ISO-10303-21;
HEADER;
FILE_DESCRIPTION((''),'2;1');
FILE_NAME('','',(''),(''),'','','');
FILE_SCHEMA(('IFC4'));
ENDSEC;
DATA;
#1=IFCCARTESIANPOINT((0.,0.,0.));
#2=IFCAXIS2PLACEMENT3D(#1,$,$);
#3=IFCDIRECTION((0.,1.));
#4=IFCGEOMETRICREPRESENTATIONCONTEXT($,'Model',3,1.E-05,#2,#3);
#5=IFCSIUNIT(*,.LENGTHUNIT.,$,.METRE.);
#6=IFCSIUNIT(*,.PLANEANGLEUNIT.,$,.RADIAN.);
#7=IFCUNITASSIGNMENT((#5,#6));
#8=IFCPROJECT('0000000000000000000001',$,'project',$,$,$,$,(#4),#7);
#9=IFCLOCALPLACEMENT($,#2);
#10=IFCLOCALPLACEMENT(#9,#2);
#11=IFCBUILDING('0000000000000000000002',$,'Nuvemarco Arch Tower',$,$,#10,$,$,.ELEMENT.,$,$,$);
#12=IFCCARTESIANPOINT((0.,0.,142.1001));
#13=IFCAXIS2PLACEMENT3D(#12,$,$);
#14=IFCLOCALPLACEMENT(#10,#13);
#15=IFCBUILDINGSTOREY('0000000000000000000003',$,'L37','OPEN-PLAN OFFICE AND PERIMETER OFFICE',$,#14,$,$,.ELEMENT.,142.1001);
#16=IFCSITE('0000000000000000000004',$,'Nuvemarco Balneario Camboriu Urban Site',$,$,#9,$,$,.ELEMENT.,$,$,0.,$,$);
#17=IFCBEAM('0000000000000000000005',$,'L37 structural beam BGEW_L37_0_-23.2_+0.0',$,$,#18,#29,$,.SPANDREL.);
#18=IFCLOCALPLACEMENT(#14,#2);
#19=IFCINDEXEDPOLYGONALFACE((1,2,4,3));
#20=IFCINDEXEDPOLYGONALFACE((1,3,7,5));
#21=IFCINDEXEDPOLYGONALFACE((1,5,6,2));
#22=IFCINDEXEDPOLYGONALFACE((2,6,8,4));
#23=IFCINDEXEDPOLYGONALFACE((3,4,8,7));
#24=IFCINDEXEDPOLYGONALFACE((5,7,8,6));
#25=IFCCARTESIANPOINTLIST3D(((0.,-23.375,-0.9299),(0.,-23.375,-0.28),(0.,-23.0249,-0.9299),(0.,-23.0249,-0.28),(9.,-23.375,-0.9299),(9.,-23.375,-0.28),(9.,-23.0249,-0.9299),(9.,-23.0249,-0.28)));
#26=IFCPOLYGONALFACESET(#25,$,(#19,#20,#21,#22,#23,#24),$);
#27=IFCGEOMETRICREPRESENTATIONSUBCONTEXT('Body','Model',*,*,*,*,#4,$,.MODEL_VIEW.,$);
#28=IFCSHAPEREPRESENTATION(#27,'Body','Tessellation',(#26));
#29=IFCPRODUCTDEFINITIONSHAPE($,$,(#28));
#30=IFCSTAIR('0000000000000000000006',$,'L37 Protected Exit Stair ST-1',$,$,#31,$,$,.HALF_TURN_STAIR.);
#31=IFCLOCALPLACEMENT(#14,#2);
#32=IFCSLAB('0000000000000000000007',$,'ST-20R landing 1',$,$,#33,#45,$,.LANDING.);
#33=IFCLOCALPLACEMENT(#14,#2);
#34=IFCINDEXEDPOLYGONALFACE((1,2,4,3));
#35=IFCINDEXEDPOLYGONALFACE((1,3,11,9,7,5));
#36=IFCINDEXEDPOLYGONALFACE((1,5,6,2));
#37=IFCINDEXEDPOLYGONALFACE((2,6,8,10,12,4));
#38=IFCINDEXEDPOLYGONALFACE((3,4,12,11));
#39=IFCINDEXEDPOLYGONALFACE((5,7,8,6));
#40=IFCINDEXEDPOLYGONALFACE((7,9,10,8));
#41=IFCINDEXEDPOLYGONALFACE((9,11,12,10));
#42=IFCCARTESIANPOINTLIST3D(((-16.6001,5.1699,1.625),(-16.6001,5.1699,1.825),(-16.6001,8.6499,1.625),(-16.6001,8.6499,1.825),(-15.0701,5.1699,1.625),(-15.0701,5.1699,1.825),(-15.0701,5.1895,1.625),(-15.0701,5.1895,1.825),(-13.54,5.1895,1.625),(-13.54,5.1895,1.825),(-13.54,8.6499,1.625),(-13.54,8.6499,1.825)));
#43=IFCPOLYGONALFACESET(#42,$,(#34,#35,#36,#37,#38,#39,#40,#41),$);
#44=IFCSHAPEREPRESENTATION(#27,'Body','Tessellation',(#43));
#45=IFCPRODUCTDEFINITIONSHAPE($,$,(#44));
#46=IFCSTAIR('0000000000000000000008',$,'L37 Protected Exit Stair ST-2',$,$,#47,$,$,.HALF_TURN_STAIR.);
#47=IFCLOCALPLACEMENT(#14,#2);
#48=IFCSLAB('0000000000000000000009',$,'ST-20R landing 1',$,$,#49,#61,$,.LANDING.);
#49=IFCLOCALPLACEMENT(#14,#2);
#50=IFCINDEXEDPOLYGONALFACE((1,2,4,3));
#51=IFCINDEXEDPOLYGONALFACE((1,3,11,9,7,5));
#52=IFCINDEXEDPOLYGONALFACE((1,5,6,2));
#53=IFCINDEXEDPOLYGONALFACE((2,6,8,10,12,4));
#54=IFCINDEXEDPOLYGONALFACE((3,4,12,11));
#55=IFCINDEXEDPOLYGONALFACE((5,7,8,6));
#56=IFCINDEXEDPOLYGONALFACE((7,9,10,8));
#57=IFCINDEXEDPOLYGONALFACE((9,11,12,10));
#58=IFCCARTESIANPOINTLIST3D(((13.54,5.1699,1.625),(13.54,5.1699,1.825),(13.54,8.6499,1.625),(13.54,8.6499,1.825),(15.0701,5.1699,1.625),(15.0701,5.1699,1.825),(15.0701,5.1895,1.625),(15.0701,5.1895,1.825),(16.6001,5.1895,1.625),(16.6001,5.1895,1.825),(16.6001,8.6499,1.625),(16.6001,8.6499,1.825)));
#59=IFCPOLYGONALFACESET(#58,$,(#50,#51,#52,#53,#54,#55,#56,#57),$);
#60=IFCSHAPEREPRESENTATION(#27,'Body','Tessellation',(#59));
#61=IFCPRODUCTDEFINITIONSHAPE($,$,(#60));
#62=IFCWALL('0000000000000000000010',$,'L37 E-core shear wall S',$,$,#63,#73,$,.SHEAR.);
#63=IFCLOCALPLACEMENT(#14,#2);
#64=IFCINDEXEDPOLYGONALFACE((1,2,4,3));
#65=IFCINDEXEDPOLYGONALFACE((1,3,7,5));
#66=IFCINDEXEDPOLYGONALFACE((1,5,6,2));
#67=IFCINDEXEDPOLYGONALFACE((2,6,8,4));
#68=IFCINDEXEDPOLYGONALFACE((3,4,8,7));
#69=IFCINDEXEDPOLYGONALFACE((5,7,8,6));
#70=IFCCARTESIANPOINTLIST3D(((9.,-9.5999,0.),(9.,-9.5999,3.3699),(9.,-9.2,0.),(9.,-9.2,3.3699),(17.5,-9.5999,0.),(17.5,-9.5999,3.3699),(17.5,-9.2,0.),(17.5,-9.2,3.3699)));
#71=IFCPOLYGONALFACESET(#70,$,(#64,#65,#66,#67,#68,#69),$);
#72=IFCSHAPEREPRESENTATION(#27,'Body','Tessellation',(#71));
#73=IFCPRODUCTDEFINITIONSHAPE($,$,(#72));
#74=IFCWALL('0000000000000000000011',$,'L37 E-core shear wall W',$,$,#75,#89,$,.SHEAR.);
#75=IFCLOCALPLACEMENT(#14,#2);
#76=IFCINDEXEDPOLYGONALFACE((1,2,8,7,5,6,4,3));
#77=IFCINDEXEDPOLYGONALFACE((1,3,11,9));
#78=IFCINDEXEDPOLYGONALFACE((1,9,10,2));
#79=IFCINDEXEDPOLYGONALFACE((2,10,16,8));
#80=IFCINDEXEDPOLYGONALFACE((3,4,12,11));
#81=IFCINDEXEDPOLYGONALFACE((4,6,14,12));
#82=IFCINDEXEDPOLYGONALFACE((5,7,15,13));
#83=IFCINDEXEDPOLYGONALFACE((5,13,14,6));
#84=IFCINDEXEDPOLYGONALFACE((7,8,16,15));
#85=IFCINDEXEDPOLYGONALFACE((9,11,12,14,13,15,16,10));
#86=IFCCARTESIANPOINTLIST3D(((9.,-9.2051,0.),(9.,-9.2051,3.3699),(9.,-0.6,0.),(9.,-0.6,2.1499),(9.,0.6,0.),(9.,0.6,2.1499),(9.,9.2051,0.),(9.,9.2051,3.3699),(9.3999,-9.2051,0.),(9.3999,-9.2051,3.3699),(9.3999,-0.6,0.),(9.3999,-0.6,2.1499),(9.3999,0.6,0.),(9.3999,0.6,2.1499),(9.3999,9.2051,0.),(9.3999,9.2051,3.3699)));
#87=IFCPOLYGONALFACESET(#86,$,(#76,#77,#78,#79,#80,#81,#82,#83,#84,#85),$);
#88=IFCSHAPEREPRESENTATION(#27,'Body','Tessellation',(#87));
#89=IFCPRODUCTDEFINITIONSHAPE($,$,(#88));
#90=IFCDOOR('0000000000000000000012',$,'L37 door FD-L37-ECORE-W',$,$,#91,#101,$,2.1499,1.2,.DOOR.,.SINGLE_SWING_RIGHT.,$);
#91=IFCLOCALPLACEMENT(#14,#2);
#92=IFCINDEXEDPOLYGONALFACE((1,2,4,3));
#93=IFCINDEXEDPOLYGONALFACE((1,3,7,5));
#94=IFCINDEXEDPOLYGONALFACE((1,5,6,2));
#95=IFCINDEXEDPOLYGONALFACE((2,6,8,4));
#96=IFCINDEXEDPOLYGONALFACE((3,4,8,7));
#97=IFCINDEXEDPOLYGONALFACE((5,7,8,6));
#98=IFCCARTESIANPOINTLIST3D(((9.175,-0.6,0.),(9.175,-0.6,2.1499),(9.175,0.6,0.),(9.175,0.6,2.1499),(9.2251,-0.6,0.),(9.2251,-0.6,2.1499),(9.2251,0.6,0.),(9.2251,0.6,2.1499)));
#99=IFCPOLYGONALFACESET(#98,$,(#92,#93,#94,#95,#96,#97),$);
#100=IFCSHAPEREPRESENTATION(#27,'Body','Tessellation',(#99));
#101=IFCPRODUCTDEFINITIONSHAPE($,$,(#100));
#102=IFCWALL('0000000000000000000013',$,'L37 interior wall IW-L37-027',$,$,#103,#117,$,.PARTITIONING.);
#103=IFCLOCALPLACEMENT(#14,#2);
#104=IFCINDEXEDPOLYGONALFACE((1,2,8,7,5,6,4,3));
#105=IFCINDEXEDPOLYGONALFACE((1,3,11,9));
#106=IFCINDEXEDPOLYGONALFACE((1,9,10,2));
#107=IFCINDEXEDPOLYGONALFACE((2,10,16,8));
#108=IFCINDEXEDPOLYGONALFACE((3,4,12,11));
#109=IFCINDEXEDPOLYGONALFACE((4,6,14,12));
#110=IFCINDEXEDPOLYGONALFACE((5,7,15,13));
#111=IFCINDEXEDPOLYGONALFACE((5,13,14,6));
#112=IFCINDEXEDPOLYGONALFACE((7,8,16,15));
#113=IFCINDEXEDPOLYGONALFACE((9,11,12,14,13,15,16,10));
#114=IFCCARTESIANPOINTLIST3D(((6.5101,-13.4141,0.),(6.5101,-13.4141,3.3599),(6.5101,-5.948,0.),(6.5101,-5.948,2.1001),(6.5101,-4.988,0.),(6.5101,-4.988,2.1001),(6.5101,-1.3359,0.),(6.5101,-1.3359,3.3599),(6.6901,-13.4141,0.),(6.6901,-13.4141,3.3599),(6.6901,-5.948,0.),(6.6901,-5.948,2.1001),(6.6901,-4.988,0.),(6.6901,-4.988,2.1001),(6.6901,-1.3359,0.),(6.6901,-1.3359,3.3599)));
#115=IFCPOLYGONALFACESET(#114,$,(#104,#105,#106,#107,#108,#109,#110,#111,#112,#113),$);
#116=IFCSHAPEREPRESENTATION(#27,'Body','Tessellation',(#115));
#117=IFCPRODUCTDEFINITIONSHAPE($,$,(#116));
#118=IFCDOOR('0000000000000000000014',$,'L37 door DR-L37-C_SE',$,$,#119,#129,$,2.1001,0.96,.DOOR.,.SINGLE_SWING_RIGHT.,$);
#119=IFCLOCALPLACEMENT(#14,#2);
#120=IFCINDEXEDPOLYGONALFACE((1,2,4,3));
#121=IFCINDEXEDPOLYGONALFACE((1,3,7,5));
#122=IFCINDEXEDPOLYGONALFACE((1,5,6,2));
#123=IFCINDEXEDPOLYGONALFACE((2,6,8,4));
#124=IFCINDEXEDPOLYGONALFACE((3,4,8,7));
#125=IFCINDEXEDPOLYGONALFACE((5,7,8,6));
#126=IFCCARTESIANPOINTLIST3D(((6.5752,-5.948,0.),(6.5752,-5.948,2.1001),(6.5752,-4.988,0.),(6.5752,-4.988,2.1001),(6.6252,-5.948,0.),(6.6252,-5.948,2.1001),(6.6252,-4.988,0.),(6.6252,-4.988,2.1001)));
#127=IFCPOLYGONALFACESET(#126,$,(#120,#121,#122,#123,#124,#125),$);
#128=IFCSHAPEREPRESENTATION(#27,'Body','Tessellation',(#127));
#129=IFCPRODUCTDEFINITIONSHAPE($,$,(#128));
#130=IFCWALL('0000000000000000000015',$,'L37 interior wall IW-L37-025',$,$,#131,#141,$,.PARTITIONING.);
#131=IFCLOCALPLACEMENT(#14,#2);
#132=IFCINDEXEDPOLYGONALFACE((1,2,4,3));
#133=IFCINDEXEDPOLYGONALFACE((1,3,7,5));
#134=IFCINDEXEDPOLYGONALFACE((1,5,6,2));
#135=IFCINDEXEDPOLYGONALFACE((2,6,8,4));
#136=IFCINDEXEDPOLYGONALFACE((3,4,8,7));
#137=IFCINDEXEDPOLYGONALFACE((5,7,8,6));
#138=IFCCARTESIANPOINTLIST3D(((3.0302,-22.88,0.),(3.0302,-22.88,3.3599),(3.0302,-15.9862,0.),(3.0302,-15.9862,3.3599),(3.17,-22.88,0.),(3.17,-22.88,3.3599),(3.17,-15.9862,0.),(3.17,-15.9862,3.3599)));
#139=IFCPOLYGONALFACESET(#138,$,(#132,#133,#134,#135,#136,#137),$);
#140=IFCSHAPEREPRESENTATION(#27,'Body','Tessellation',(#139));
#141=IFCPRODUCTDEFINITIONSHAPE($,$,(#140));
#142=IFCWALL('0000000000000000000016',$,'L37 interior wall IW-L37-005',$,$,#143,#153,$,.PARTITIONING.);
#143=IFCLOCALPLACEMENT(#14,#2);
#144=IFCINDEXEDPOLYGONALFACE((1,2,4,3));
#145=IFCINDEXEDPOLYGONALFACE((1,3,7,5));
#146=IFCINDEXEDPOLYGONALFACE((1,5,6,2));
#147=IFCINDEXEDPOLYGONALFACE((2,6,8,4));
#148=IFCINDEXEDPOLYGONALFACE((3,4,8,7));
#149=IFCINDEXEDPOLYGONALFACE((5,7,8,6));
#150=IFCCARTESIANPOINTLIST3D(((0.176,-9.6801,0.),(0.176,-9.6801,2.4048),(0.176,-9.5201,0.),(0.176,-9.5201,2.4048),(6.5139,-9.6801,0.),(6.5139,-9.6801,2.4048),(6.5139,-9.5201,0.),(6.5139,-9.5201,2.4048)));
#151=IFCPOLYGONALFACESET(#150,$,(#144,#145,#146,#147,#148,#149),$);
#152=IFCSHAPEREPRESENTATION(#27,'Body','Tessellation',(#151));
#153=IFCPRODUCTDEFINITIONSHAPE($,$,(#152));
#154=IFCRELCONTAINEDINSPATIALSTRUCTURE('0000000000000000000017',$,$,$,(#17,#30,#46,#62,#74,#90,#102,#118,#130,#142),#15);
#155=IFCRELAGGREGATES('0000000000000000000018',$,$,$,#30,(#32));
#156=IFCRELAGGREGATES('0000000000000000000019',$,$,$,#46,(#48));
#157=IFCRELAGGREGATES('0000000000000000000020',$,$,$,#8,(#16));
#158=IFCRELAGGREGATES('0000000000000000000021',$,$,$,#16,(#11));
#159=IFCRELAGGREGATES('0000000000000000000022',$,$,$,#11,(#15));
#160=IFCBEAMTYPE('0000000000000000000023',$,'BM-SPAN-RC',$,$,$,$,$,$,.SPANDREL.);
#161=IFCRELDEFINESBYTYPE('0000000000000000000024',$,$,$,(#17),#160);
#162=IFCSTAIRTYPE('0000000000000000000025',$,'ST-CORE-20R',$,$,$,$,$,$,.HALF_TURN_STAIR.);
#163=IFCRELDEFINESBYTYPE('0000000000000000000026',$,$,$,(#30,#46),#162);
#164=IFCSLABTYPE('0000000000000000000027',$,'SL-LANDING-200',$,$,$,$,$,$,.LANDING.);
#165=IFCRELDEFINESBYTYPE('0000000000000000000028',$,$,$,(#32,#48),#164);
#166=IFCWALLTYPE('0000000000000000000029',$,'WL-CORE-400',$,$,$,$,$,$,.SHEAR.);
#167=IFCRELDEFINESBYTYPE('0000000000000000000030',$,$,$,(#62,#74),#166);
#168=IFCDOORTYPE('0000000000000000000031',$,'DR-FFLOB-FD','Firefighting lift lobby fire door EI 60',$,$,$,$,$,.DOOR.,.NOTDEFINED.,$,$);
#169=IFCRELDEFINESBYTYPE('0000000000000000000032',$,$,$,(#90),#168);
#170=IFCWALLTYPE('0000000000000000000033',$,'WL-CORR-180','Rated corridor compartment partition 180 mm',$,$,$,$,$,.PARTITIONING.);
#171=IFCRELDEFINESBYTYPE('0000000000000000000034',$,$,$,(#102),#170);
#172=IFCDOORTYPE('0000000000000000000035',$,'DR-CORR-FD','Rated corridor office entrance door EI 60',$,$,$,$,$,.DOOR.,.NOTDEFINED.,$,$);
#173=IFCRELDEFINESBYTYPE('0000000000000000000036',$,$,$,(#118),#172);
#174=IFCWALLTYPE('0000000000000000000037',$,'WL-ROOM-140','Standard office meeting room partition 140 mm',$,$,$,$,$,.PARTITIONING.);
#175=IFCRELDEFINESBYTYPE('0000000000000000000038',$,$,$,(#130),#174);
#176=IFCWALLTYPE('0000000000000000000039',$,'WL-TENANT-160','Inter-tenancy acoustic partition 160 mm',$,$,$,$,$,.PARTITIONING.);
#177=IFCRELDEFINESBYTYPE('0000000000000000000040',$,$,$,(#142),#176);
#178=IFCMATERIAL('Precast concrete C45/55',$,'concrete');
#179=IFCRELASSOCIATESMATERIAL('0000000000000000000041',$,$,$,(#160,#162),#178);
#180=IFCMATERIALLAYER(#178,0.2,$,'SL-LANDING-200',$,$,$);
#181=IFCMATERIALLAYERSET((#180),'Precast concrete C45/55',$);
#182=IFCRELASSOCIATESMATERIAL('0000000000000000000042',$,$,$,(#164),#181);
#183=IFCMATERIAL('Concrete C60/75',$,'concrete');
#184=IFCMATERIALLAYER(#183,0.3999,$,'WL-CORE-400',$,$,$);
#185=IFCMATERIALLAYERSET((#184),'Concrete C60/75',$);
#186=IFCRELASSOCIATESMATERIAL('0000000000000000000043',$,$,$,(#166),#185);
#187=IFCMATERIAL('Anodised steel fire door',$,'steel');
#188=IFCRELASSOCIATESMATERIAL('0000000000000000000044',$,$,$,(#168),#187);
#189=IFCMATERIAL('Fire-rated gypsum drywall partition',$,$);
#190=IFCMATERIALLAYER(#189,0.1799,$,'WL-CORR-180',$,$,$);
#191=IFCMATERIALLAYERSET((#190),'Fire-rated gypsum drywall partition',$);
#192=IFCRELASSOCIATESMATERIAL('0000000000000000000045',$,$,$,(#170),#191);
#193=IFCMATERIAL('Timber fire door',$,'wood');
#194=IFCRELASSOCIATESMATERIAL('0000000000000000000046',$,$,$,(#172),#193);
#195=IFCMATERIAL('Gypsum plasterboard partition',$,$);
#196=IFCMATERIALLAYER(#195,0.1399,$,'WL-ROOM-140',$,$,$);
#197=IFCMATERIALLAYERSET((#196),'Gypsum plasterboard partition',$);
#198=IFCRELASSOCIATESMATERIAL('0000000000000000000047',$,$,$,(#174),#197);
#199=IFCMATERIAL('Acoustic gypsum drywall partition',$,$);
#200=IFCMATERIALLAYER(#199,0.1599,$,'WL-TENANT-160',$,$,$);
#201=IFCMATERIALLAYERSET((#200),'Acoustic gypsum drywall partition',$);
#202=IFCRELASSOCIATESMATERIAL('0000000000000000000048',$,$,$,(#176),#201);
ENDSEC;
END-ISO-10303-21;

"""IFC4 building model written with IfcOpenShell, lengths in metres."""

from ifc_helpers import new_model, si_unit, direction, frame, frame_2d, origin, origin_2d, place, context, subcontext, project, spatial, polyline, rectangle, outline, extrude, source, transform, mapped, material, layer, layer_set, material_profile, profile_set, type_object, type_shapes, element, fill, aggregate, save


model = new_model("IFC4")

# Units and contexts
model_context = context("Model", 3, precision=1e-05, world=origin(), true_north=direction((0.0, 1.0)))
body_context = subcontext(model_context, "Body", "Model", "MODEL_VIEW")
ifc_project = project(units=[si_unit("LENGTHUNIT", "METRE"), si_unit("PLANEANGLEUNIT", "RADIAN")], contexts=[model_context])

# Site, building, storey
site_placement = place(None, origin())
site = spatial("IfcSite", under=ifc_project, at=site_placement, Name="Nuvemarco Balneario Camboriu Urban Site", CompositionType="ELEMENT", RefElevation=0.0)
building_placement = place(site_placement, origin())
building = spatial("IfcBuilding", under=site, at=building_placement, Name="Nuvemarco Arch Tower", CompositionType="ELEMENT")
storey_placement = place(building_placement, frame((0.0, 0.0, 142.1001)))
storey = spatial("IfcBuildingStorey", under=building, at=storey_placement, Name="L37", Description="OPEN-PLAN OFFICE AND PERIMETER OFFICE", CompositionType="ELEMENT", Elevation=142.1001)

# Beam
ifc_material_1 = material(Name="Concrete C60/75", Category="concrete")
ifc_material_2 = material(Name="Precast concrete C45/55", Category="concrete")
ifc_material_profile_1 = material_profile(ifc_material_2, rectangle(XDim=0.3501, YDim=0.6499, at=origin_2d()), Name="PC-SP-350x650")
ifc_profile_set_1 = profile_set([ifc_material_profile_1], Name="Precast concrete C45/55")
beam_type_1 = type_object("IfcBeamType", Name="BM-SPAN-RC", PredefinedType="SPANDREL", material=ifc_profile_set_1)
beam_1_placement = place(storey_placement, frame((0.0, -23.2, -0.605), z_axis=(1.0, 0.0, 0.0), x_axis=(0.0, 1.0, 0.0)))
element("IfcBeam", 1, at=beam_1_placement, inside=storey, type_object=beam_type_1, Name="L37 structural beam BGEW_L37_0_-23.2_+0.0", PredefinedType="SPANDREL", context=body_context, shape_type="SweptSolid", body=[
    extrude(rectangle(XDim=0.3501, YDim=0.6499, at=origin_2d()), origin(), (0.0, 0.0, 1.0), 9.0),
])

# Stairs, slabs
stair_type = type_object("IfcStairType", Name="ST-CORE-20R", PredefinedType="HALF_TURN_STAIR", material=ifc_material_2)
stair_1_placement = place(storey_placement, origin())
stair_1 = element("IfcStair", 2, at=stair_1_placement, inside=storey, type_object=stair_type, Name="L37 Protected Exit Stair ST-1", PredefinedType="HALF_TURN_STAIR")
ifc_layer_1 = layer(ifc_material_2, 0.2, Name="SL-LANDING-200")
ifc_layer_set_1 = layer_set([ifc_layer_1], Name="Precast concrete C45/55")
slab_type = type_object("IfcSlabType", Name="SL-LANDING-200", PredefinedType="LANDING", material=ifc_layer_set_1)
slab_1_placement = place(storey_placement, frame((0.0, 0.0, 1.625)))
slab_1 = element("IfcSlab", 3, at=slab_1_placement, type_object=slab_type, Name="ST-20R landing 1", PredefinedType="LANDING", context=body_context, shape_type="SweptSolid", body=[
    extrude(outline(polyline([(-13.54, 5.1895), (-13.54, 8.6499), (-16.6001, 8.6499), (-16.6001, 5.1699), (-15.0701, 5.1699), (-15.0701, 5.1895), (-13.54, 5.1895)])), origin(), (0.0, 0.0, 1.0), 0.2),
])
aggregate(stair_1, [slab_1])
stair_2_placement = place(storey_placement, origin())
stair_2 = element("IfcStair", 4, at=stair_2_placement, inside=storey, type_object=stair_type, Name="L37 Protected Exit Stair ST-2", PredefinedType="HALF_TURN_STAIR")
slab_2_placement = place(storey_placement, frame((0.0, 0.0, 1.625)))
slab_2 = element("IfcSlab", 5, at=slab_2_placement, type_object=slab_type, Name="ST-20R landing 1", PredefinedType="LANDING", context=body_context, shape_type="SweptSolid", body=[
    extrude(outline(polyline([(16.6001, 5.1895), (16.6001, 8.6499), (13.54, 8.6499), (13.54, 5.1699), (15.0701, 5.1699), (15.0701, 5.1895), (16.6001, 5.1895)])), origin(), (0.0, 0.0, 1.0), 0.2),
])
aggregate(stair_2, [slab_2])

# Wall
ifc_layer_2 = layer(ifc_material_1, 0.3999, Name="WL-CORE-400")
ifc_layer_set_2 = layer_set([ifc_layer_2], Name="Concrete C60/75")
wall_type_1 = type_object("IfcWallType", Name="WL-CORE-400", PredefinedType="SHEAR", material=ifc_layer_set_2)
wall_1_placement = place(storey_placement, frame((9.0, -9.3999, 0.0), z_axis=(0.0, 0.0, 1.0), x_axis=(1.0, 0.0, 0.0)))
element("IfcWall", 6, at=wall_1_placement, inside=storey, type_object=wall_type_1, Name="L37 E-core shear wall S", PredefinedType="SHEAR", context=body_context, shape_type="SweptSolid", body=[
    extrude(rectangle(XDim=8.5, YDim=0.3999, at=frame_2d((4.25, 0.0))), origin(), (0.0, 0.0, 1.0), 3.3699),
])

# Walls, openings, doors
wall_2_placement = place(storey_placement, frame((9.2, -9.2051, 0.0), z_axis=(0.0, 0.0, 1.0), x_axis=(0.0, 1.0, 0.0)))
wall_2 = element("IfcWall", 7, at=wall_2_placement, inside=storey, type_object=wall_type_1, Name="L37 E-core shear wall W", PredefinedType="SHEAR", context=body_context, shape_type="SweptSolid", body=[
    extrude(rectangle(XDim=18.4102, YDim=0.3999, at=frame_2d((9.2051, 0.0))), origin(), (0.0, 0.0, 1.0), 3.3699),
])
opening_1_placement = place(wall_2_placement, frame((8.605, 0.0, 0.0)))
opening_1 = element("IfcOpeningElement", 8, at=opening_1_placement, cuts=wall_2, PredefinedType="OPENING", context=body_context, shape_type="SweptSolid", body=[
    extrude(rectangle(XDim=1.2, YDim=2.1499, at=frame_2d((0.6001, 1.075))), frame((0.0, 0.21, 0.0), z_axis=(0.0, -1.0, 0.0), x_axis=(1.0, 0.0, 0.0)), (0.0, 0.0, 1.0), 0.4199),
])
ifc_material_3 = material(Name="Anodised steel fire door", Category="steel")
door_type_1 = type_object("IfcDoorType", Name="DR-FFLOB-FD", Description="Firefighting lift lobby fire door EI 60", OperationType="NOTDEFINED", PredefinedType="DOOR", material=ifc_material_3)
shared_shape_1 = source(origin(), body_context, "Body", "SweptSolid", [
    extrude(rectangle(XDim=1.2, YDim=2.1499, at=frame_2d((0.6001, 1.075))), frame((0.0, 0.0249, 0.0), z_axis=(0.0, -1.0, 0.0), x_axis=(1.0, 0.0, 0.0)), (0.0, 0.0, 1.0), 0.05),
])
type_shapes(door_type_1, [shared_shape_1])
door_1_placement = place(opening_1_placement, origin())
door_1 = element("IfcDoor", 9, at=door_1_placement, inside=storey, type_object=door_type_1, Name="L37 door FD-L37-ECORE-W", OperationType="SINGLE_SWING_RIGHT", OverallHeight=2.1499, OverallWidth=1.2, PredefinedType="DOOR", context=body_context, shape_type="MappedRepresentation", body=[
    mapped(shared_shape_1, transform((0.0, 0.0, 0.0), scale=1.0)),
])
fill(opening_1, door_1)
ifc_material_4 = material(Name="Fire-rated gypsum drywall partition")
ifc_layer_3 = layer(ifc_material_4, 0.1799, Name="WL-CORR-180")
ifc_layer_set_3 = layer_set([ifc_layer_3], Name="Fire-rated gypsum drywall partition")
wall_type_2 = type_object("IfcWallType", Name="WL-CORR-180", Description="Rated corridor compartment partition 180 mm", PredefinedType="PARTITIONING", material=ifc_layer_set_3)
wall_3_placement = place(storey_placement, frame((6.6001, -13.4141, 0.0), z_axis=(0.0, 0.0, 1.0), x_axis=(0.0, 1.0, 0.0)))
wall_3 = element("IfcWall", 10, at=wall_3_placement, inside=storey, type_object=wall_type_2, Name="L37 interior wall IW-L37-027", PredefinedType="PARTITIONING", context=body_context, shape_type="SweptSolid", body=[
    extrude(rectangle(XDim=12.0781, YDim=0.1799, at=frame_2d((6.0391, 0.0))), origin(), (0.0, 0.0, 1.0), 3.3599),
])
opening_2_placement = place(wall_3_placement, frame((7.4661, 0.0, 0.0)))
opening_2 = element("IfcOpeningElement", 11, at=opening_2_placement, cuts=wall_3, PredefinedType="OPENING", context=body_context, shape_type="SweptSolid", body=[
    extrude(rectangle(XDim=0.96, YDim=2.1001, at=frame_2d((0.48, 1.05))), frame((0.0, 0.0999, 0.0), z_axis=(0.0, -1.0, 0.0), x_axis=(1.0, 0.0, 0.0)), (0.0, 0.0, 1.0), 0.2),
])
ifc_material_5 = material(Name="Timber fire door", Category="wood")
door_type_2 = type_object("IfcDoorType", Name="DR-CORR-FD", Description="Rated corridor office entrance door EI 60", OperationType="NOTDEFINED", PredefinedType="DOOR", material=ifc_material_5)
shared_shape_2 = source(origin(), body_context, "Body", "SweptSolid", [
    extrude(rectangle(XDim=0.96, YDim=2.1001, at=frame_2d((0.48, 1.05))), frame((0.0, 0.0249, 0.0), z_axis=(0.0, -1.0, 0.0), x_axis=(1.0, 0.0, 0.0)), (0.0, 0.0, 1.0), 0.05),
])
type_shapes(door_type_2, [shared_shape_2])
door_2_placement = place(opening_2_placement, origin())
door_2 = element("IfcDoor", 12, at=door_2_placement, inside=storey, type_object=door_type_2, Name="L37 door DR-L37-C_SE", OperationType="SINGLE_SWING_RIGHT", OverallHeight=2.1001, OverallWidth=0.96, PredefinedType="DOOR", context=body_context, shape_type="MappedRepresentation", body=[
    mapped(shared_shape_2, transform((0.0, 0.0, 0.0), scale=1.0)),
])
fill(opening_2, door_2)

# Walls
ifc_material_6 = material(Name="Gypsum plasterboard partition")
ifc_layer_4 = layer(ifc_material_6, 0.1399, Name="WL-ROOM-140")
ifc_layer_set_4 = layer_set([ifc_layer_4], Name="Gypsum plasterboard partition")
wall_type_3 = type_object("IfcWallType", Name="WL-ROOM-140", Description="Standard office meeting room partition 140 mm", PredefinedType="PARTITIONING", material=ifc_layer_set_4)
wall_4_placement = place(storey_placement, frame((3.1001, -22.8799, 0.0), z_axis=(0.0, 0.0, 1.0), x_axis=(0.0, 1.0, 0.0)))
element("IfcWall", 13, at=wall_4_placement, inside=storey, type_object=wall_type_3, Name="L37 interior wall IW-L37-025", PredefinedType="PARTITIONING", context=body_context, shape_type="SweptSolid", body=[
    extrude(rectangle(XDim=6.8938, YDim=0.1399, at=frame_2d((3.4468, 0.0))), origin(), (0.0, 0.0, 1.0), 3.3599),
])
ifc_material_7 = material(Name="Acoustic gypsum drywall partition")
ifc_layer_5 = layer(ifc_material_7, 0.1599, Name="WL-TENANT-160")
ifc_layer_set_5 = layer_set([ifc_layer_5], Name="Acoustic gypsum drywall partition")
wall_type_4 = type_object("IfcWallType", Name="WL-TENANT-160", Description="Inter-tenancy acoustic partition 160 mm", PredefinedType="PARTITIONING", material=ifc_layer_set_5)
wall_5_placement = place(storey_placement, frame((0.176, -9.6001, 0.0), z_axis=(0.0, 0.0, 1.0), x_axis=(1.0, 0.0, 0.0)))
element("IfcWall", 14, at=wall_5_placement, inside=storey, type_object=wall_type_4, Name="L37 interior wall IW-L37-005", PredefinedType="PARTITIONING", context=body_context, shape_type="SweptSolid", body=[
    extrude(rectangle(XDim=6.3379, YDim=0.1599, at=frame_2d((3.1689, 0.0))), origin(), (0.0, 0.0, 1.0), 2.4048),
])

save(model, "model.ifc")
